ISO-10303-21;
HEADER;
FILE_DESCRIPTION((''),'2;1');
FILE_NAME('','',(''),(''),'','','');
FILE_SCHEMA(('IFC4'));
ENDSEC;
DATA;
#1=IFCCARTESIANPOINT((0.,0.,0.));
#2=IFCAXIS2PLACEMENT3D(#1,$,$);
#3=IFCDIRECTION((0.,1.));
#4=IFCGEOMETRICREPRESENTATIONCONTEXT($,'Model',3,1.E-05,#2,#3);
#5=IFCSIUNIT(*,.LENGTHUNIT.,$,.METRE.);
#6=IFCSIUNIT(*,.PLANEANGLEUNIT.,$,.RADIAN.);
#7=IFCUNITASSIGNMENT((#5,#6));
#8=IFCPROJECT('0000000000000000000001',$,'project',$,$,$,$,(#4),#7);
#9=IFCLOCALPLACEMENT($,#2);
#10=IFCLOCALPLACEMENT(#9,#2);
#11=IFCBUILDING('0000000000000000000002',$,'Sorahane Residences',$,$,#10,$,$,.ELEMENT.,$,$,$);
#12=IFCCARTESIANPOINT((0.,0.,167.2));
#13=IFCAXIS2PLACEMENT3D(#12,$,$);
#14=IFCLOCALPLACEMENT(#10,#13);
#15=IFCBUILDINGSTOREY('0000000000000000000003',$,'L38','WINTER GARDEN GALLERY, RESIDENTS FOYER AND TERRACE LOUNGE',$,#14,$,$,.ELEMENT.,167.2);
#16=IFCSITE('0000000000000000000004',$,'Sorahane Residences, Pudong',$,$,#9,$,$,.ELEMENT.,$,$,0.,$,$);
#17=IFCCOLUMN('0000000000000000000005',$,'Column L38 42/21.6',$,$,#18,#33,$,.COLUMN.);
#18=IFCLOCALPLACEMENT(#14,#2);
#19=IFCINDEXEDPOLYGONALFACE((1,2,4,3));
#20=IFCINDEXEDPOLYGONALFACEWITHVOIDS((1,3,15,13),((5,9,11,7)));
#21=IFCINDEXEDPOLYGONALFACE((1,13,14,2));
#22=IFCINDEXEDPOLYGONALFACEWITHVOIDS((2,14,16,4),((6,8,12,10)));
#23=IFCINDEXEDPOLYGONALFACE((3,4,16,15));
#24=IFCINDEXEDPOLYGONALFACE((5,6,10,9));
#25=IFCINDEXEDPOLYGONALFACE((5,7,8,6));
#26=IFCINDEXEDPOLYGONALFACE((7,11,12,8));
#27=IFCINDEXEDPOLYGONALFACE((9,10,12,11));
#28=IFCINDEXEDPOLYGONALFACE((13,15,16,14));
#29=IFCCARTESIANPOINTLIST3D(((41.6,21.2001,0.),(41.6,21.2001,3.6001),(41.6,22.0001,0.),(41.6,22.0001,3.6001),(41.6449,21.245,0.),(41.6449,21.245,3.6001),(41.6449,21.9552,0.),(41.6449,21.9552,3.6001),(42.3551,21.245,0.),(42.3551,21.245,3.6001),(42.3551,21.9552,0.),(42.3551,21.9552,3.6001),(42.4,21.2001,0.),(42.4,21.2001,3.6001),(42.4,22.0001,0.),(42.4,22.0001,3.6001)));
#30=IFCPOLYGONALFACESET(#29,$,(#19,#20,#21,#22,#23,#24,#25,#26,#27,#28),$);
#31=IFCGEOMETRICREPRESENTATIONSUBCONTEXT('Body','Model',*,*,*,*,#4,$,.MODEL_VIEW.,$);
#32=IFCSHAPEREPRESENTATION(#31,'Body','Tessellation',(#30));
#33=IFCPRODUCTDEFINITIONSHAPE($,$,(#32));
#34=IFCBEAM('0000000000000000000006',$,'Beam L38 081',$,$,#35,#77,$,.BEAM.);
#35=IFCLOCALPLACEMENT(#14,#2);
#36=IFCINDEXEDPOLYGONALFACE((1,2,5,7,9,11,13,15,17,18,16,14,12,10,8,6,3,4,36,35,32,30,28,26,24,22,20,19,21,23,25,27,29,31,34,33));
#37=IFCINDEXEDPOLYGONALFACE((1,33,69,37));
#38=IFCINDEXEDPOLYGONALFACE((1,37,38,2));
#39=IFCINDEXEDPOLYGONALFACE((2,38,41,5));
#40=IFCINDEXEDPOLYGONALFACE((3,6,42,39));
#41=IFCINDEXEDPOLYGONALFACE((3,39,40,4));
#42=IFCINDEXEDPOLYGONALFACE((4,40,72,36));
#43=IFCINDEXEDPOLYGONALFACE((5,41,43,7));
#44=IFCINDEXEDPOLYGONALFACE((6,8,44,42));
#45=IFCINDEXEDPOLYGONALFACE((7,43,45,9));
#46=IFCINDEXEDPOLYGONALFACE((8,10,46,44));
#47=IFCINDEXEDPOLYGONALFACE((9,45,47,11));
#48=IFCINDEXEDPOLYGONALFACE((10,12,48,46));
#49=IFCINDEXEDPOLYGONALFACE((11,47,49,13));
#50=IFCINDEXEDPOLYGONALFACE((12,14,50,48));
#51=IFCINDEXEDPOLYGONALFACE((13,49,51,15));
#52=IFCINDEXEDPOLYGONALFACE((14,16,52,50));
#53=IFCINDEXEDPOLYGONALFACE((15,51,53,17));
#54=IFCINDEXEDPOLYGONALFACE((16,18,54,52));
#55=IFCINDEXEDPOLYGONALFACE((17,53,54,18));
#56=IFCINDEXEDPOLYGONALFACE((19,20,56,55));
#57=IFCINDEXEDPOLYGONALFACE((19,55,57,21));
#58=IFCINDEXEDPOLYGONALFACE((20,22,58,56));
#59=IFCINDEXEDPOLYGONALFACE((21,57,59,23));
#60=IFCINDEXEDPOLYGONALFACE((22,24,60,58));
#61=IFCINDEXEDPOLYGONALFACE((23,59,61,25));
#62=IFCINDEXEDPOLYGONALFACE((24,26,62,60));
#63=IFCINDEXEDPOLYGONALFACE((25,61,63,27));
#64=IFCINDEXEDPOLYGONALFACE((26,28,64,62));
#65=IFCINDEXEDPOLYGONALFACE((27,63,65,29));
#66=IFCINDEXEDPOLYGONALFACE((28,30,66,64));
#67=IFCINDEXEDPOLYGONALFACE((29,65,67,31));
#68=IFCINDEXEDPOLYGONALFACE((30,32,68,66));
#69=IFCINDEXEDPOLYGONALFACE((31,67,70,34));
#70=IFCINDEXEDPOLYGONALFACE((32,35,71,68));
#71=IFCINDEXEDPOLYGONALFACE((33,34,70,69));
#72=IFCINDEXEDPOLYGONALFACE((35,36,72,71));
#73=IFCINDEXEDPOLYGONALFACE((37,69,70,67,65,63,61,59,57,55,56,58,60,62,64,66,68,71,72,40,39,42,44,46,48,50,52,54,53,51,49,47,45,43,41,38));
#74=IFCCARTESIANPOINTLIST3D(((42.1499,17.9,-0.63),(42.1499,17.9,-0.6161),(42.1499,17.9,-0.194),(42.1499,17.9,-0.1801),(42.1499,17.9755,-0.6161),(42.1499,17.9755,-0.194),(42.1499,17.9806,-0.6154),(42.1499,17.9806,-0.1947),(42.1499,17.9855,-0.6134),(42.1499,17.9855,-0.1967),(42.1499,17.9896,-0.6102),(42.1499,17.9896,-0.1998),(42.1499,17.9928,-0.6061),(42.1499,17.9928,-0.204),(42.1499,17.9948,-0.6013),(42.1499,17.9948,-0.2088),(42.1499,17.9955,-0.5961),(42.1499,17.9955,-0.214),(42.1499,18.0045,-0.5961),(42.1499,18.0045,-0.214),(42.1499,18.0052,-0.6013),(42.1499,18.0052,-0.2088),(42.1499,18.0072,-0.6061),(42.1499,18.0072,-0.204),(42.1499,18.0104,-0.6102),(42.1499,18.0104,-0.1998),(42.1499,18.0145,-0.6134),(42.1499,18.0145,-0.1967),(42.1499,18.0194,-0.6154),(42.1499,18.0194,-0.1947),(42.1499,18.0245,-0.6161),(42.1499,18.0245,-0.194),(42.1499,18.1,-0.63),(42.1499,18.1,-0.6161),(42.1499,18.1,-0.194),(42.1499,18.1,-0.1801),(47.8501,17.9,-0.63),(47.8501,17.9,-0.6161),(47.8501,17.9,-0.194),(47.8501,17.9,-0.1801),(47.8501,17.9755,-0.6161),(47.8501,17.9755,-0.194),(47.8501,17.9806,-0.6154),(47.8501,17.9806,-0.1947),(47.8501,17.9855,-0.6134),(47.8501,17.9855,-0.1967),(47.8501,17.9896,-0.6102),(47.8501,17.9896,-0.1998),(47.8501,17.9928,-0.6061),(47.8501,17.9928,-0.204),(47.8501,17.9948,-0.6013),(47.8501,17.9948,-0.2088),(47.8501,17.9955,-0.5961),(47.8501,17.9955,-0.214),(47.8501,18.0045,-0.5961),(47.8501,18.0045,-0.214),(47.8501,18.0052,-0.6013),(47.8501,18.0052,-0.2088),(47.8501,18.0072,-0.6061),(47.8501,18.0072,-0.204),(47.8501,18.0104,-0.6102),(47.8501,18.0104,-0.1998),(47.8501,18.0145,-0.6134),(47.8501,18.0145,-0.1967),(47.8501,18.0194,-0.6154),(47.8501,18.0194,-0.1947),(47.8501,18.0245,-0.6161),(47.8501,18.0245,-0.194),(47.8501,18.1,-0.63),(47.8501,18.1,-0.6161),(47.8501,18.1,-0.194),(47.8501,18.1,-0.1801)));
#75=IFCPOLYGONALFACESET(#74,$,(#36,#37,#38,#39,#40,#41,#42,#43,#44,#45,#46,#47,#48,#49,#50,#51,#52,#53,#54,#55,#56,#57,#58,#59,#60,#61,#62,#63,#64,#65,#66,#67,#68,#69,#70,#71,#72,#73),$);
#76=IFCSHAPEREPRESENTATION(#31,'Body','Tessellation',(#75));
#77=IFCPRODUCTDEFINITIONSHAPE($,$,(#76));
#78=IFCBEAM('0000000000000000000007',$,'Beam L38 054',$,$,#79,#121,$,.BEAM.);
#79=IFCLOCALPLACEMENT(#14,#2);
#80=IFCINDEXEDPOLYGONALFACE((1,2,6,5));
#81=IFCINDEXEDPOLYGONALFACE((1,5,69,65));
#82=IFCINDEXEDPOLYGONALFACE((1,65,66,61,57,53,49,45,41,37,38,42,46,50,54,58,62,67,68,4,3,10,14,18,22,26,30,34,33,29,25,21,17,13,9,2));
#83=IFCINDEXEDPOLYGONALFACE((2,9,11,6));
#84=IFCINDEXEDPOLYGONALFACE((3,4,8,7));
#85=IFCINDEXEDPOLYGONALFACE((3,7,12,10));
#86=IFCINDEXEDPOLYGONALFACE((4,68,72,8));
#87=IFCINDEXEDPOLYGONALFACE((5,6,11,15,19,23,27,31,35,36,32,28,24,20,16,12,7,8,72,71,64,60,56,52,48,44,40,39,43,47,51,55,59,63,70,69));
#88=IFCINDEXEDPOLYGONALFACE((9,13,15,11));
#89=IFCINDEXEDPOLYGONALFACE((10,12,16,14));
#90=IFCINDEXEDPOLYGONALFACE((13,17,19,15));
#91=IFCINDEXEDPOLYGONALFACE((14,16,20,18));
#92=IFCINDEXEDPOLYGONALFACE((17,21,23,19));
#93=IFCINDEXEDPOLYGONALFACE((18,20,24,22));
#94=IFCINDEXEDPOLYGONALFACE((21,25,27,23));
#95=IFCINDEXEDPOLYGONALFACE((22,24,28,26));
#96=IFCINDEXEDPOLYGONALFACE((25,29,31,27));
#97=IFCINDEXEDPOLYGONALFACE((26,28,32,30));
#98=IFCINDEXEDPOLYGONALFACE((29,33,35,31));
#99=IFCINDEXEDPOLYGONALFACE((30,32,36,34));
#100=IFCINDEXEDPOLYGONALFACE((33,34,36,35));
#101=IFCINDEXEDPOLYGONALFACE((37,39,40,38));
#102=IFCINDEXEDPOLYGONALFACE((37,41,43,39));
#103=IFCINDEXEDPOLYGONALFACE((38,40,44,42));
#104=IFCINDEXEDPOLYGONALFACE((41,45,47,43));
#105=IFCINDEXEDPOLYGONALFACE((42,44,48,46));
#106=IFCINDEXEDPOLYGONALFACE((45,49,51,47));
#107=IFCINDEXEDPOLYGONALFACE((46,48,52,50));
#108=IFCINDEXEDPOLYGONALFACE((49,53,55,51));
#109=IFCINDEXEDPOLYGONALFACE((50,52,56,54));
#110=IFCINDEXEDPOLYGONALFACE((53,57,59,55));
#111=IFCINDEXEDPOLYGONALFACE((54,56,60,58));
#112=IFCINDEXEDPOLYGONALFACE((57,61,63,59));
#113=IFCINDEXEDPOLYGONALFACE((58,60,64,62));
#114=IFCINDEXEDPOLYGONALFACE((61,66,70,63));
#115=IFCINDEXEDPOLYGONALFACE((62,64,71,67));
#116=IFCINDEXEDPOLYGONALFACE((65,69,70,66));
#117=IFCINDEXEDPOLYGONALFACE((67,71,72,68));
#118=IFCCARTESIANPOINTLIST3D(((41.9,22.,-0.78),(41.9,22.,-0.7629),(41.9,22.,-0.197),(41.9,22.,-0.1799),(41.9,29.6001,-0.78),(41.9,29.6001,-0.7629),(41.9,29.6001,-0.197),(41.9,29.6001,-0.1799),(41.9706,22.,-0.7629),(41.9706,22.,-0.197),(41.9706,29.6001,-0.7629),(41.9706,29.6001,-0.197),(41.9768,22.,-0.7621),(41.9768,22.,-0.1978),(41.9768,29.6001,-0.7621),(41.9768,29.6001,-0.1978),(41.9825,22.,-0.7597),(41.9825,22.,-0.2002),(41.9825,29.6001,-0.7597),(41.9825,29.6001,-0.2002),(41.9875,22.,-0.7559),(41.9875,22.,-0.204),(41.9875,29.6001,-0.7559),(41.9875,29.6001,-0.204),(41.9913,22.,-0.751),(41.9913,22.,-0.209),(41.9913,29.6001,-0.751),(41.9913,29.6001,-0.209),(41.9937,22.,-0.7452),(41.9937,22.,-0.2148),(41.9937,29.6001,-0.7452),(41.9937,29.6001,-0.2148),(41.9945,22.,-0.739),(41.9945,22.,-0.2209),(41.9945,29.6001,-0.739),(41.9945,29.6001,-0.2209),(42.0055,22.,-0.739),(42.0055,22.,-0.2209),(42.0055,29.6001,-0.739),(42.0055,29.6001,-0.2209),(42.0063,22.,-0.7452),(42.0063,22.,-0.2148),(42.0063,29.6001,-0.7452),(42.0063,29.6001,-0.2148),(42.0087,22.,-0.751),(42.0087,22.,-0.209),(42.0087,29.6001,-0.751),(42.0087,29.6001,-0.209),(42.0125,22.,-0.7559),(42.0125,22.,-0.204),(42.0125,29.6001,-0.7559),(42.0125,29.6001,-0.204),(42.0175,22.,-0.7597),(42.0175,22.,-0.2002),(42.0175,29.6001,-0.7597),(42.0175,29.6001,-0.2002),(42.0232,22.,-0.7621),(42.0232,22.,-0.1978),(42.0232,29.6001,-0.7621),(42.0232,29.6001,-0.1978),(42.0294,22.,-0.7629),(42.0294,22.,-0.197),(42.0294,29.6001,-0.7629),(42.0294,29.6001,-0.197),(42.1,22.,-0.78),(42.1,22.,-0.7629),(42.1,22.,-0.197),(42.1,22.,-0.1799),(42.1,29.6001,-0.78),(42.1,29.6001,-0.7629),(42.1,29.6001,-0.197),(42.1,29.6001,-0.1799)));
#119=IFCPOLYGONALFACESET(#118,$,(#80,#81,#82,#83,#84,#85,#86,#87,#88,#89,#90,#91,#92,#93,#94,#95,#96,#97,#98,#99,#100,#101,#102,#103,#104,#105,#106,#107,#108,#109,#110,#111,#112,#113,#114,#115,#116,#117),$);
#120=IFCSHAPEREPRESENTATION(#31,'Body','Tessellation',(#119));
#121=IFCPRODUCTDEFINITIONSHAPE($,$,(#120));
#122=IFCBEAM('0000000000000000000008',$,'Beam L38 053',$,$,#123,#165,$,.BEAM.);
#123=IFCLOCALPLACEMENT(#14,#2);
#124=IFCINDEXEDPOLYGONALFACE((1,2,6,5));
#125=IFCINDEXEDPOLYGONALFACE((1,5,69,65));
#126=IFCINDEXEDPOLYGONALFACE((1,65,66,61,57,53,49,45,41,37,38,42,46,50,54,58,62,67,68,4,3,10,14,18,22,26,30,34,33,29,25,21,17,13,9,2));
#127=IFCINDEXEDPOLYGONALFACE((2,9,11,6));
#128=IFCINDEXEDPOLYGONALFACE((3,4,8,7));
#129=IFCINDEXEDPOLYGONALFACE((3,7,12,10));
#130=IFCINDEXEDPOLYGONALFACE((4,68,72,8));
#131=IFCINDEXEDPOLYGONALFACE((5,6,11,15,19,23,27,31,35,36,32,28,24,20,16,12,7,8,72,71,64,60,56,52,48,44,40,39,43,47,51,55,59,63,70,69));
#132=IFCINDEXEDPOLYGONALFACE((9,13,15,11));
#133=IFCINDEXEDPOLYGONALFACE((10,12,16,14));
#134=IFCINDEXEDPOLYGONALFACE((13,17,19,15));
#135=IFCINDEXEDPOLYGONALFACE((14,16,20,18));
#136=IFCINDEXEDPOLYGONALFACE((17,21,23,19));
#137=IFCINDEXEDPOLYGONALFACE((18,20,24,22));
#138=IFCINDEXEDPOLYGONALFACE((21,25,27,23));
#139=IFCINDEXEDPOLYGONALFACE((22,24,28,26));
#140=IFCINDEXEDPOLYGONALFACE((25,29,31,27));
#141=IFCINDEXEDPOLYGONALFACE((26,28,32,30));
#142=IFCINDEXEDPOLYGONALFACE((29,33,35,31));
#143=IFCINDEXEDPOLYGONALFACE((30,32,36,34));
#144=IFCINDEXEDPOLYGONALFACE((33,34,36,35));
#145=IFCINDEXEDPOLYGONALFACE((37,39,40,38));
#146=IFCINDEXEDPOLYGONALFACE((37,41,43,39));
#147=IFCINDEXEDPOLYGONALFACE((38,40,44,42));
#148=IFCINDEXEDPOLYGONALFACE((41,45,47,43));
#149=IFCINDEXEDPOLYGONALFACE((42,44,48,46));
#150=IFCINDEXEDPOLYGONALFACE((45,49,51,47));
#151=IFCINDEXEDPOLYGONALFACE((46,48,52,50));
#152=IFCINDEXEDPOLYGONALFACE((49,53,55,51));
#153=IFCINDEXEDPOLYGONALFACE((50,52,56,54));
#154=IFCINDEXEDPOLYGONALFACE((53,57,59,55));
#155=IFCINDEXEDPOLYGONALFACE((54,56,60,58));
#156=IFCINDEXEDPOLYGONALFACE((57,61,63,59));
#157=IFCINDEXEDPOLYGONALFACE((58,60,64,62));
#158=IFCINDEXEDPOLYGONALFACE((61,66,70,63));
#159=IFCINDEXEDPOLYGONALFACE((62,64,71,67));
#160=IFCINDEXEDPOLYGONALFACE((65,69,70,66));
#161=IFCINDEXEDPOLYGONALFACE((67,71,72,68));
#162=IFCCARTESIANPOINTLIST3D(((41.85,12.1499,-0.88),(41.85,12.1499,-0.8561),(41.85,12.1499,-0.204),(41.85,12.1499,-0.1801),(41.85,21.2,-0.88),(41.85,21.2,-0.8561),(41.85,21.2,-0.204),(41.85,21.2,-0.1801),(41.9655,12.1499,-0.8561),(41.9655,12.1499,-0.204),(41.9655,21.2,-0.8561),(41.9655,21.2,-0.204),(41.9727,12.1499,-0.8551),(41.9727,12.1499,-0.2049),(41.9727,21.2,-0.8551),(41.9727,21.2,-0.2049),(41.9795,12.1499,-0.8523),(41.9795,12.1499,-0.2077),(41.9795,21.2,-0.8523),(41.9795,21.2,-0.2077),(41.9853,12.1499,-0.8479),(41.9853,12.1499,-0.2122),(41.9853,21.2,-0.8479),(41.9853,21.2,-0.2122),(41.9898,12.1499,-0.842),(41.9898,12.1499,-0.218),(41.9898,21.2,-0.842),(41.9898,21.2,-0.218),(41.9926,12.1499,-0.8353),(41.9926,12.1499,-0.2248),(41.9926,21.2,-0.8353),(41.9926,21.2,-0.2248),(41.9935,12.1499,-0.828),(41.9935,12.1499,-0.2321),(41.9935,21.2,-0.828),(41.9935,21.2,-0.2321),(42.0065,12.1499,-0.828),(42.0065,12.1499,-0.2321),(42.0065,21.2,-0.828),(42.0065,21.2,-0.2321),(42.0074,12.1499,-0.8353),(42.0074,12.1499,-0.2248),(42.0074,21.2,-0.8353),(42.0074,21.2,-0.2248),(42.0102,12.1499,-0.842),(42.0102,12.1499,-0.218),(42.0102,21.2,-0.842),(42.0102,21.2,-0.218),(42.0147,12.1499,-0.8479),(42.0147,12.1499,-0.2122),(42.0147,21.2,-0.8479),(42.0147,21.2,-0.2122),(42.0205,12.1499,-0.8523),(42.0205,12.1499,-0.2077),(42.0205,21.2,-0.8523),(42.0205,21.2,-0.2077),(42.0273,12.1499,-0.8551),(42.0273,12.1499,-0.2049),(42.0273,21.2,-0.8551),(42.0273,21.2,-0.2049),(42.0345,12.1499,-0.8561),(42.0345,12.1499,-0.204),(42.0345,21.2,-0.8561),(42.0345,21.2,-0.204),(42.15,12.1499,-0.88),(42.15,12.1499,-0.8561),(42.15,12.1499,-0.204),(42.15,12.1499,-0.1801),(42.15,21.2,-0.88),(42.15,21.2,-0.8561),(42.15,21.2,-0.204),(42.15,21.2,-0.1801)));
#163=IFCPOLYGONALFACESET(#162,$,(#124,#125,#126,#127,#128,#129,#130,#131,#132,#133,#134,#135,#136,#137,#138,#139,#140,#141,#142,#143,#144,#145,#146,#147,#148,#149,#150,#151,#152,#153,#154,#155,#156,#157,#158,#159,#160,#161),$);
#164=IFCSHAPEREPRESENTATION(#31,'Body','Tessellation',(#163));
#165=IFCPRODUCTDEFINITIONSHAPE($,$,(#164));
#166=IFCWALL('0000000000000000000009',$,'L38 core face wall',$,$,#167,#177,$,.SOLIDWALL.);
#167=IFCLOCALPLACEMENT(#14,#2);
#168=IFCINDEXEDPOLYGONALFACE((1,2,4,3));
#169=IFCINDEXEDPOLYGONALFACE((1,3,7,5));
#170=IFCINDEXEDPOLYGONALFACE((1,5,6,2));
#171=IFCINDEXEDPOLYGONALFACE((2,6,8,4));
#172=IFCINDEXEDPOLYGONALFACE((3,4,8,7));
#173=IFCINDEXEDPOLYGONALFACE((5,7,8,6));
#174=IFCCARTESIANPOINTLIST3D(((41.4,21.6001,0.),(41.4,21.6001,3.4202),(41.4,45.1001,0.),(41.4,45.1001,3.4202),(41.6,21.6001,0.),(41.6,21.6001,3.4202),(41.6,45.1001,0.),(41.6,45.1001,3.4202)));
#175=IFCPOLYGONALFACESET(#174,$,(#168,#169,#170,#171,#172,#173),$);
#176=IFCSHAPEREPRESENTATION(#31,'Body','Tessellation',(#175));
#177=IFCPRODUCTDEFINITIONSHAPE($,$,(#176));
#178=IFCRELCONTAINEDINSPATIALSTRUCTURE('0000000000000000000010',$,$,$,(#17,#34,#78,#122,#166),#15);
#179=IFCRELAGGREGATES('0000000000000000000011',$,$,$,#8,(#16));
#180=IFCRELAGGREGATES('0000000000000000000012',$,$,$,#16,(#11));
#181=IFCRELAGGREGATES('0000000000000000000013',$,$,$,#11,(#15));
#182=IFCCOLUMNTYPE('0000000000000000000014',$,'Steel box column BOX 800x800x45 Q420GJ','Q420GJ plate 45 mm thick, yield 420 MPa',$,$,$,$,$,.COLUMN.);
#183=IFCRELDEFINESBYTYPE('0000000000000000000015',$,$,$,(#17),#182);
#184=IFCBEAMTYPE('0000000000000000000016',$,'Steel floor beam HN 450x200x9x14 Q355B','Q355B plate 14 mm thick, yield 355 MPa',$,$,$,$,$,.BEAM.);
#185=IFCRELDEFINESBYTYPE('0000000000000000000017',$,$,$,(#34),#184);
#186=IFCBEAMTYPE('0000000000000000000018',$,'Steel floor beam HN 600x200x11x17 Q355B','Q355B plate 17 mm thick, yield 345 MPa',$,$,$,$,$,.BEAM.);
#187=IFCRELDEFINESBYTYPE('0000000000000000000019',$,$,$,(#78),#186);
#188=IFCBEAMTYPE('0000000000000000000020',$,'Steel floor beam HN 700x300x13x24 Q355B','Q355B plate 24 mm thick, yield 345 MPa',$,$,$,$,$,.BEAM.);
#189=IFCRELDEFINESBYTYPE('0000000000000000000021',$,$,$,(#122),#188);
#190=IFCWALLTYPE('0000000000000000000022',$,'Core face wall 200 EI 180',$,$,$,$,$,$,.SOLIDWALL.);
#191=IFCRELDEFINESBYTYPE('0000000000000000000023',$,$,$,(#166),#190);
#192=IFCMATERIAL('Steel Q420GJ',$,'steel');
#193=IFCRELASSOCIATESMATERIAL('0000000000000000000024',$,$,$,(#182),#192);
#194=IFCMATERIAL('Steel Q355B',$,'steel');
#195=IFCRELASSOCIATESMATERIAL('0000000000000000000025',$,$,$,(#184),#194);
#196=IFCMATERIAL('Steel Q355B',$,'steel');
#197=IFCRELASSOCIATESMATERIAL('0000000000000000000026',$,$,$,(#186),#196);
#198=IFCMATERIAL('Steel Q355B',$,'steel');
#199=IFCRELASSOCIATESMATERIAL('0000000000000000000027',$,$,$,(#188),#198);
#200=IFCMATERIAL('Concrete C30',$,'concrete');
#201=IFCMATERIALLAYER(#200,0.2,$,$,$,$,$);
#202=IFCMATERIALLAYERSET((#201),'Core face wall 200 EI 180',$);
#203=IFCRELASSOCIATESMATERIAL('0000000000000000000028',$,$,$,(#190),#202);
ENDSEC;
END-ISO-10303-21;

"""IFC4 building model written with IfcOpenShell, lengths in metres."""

from ifc_helpers import new_model, si_unit, direction, frame, frame_2d, origin, origin_2d, place, context, subcontext, project, spatial, rectangle, hollow_rectangle, i_section, extrude, material, layer, layer_set, material_profile, profile_set, type_object, element, save


model = new_model("IFC4")

# Units and contexts
model_context = context("Model", 3, precision=1e-05, world=origin(), true_north=direction((0.0, 1.0)))
body_context = subcontext(model_context, "Body", "Model", "MODEL_VIEW")
ifc_project = project(units=[si_unit("LENGTHUNIT", "METRE"), si_unit("PLANEANGLEUNIT", "RADIAN")], contexts=[model_context])

# Site, building, storey
site_placement = place(None, origin())
site = spatial("IfcSite", under=ifc_project, at=site_placement, Name="Sorahane Residences, Pudong", CompositionType="ELEMENT", RefElevation=0.0)
building_placement = place(site_placement, origin())
building = spatial("IfcBuilding", under=site, at=building_placement, Name="Sorahane Residences", CompositionType="ELEMENT")
storey_placement = place(building_placement, frame((0.0, 0.0, 167.2)))
storey = spatial("IfcBuildingStorey", under=building, at=storey_placement, Name="L38", Description="WINTER GARDEN GALLERY, RESIDENTS FOYER AND TERRACE LOUNGE", CompositionType="ELEMENT", Elevation=167.2)

# Column
ifc_material_1 = material(Name="Steel Q420GJ", Category="steel")
ifc_material_profile_1 = material_profile(ifc_material_1, hollow_rectangle(XDim=0.8, YDim=0.8, WallThickness=0.0449, at=origin_2d()), Name="BOX 800x800x45")
ifc_profile_set_1 = profile_set([ifc_material_profile_1], Name="Steel Q420GJ")
column_type = type_object("IfcColumnType", Name="Steel box column BOX 800x800x45 Q420GJ", Description="Q420GJ plate 45 mm thick, yield 420 MPa", PredefinedType="COLUMN", material=ifc_profile_set_1)
column_placement = place(storey_placement, frame((42.0, 21.6001, 0.0), z_axis=(0.0, 0.0, 1.0), x_axis=(1.0, 0.0, 0.0)))
element("IfcColumn", 1, at=column_placement, inside=storey, type_object=column_type, Name="Column L38 42/21.6", PredefinedType="COLUMN", context=body_context, shape_type="SweptSolid", body=[
    extrude(hollow_rectangle(XDim=0.8, YDim=0.8, WallThickness=0.0449, at=origin_2d()), origin(), (0.0, 0.0, 1.0), 3.6001),
])

# Beams
ifc_material_2 = material(Name="Steel Q355B", Category="steel")
ifc_material_profile_2 = material_profile(ifc_material_2, i_section(OverallWidth=0.2, OverallDepth=0.45, WebThickness=0.009, FlangeThickness=0.0139, FilletRadius=0.02, at=origin_2d()), Name="HN 450x200x9x14")
ifc_profile_set_2 = profile_set([ifc_material_profile_2], Name="Steel Q355B")
beam_type_1 = type_object("IfcBeamType", Name="Steel floor beam HN 450x200x9x14 Q355B", Description="Q355B plate 14 mm thick, yield 355 MPa", PredefinedType="BEAM", material=ifc_profile_set_2)
beam_1_placement = place(storey_placement, frame((42.1499, 18.0, -0.405), z_axis=(1.0, 0.0, 0.0), x_axis=(0.0, 1.0, 0.0)))
element("IfcBeam", 2, at=beam_1_placement, inside=storey, type_object=beam_type_1, Name="Beam L38 081", PredefinedType="BEAM", context=body_context, shape_type="SweptSolid", body=[
    extrude(i_section(OverallWidth=0.2, OverallDepth=0.45, WebThickness=0.009, FlangeThickness=0.0139, FilletRadius=0.02, at=origin_2d()), origin(), (0.0, 0.0, 1.0), 5.7002),
])
ifc_material_3 = material(Name="Steel Q355B", Category="steel")
ifc_material_profile_3 = material_profile(ifc_material_3, i_section(OverallWidth=0.2, OverallDepth=0.6001, WebThickness=0.011, FlangeThickness=0.0171, FilletRadius=0.0239, at=origin_2d()), Name="HN 600x200x11x17")
ifc_profile_set_3 = profile_set([ifc_material_profile_3], Name="Steel Q355B")
beam_type_2 = type_object("IfcBeamType", Name="Steel floor beam HN 600x200x11x17 Q355B", Description="Q355B plate 17 mm thick, yield 345 MPa", PredefinedType="BEAM", material=ifc_profile_set_3)
beam_2_placement = place(storey_placement, frame((42.0, 22.0, -0.48), z_axis=(0.0, 1.0, 0.0), x_axis=(-1.0, 0.0, 0.0)))
element("IfcBeam", 3, at=beam_2_placement, inside=storey, type_object=beam_type_2, Name="Beam L38 054", PredefinedType="BEAM", context=body_context, shape_type="SweptSolid", body=[
    extrude(i_section(OverallWidth=0.2, OverallDepth=0.6001, WebThickness=0.011, FlangeThickness=0.0171, FilletRadius=0.0239, at=origin_2d()), origin(), (0.0, 0.0, 1.0), 7.6001),
])
ifc_material_4 = material(Name="Steel Q355B", Category="steel")
ifc_material_profile_4 = material_profile(ifc_material_4, i_section(OverallWidth=0.3, OverallDepth=0.7, WebThickness=0.0129, FlangeThickness=0.0239, FilletRadius=0.0281, at=origin_2d()), Name="HN 700x300x13x24")
ifc_profile_set_4 = profile_set([ifc_material_profile_4], Name="Steel Q355B")
beam_type_3 = type_object("IfcBeamType", Name="Steel floor beam HN 700x300x13x24 Q355B", Description="Q355B plate 24 mm thick, yield 345 MPa", PredefinedType="BEAM", material=ifc_profile_set_4)
beam_3_placement = place(storey_placement, frame((42.0, 12.1499, -0.53), z_axis=(0.0, 1.0, 0.0), x_axis=(-1.0, 0.0, 0.0)))
element("IfcBeam", 4, at=beam_3_placement, inside=storey, type_object=beam_type_3, Name="Beam L38 053", PredefinedType="BEAM", context=body_context, shape_type="SweptSolid", body=[
    extrude(i_section(OverallWidth=0.3, OverallDepth=0.7, WebThickness=0.0129, FlangeThickness=0.0239, FilletRadius=0.0281, at=origin_2d()), origin(), (0.0, 0.0, 1.0), 9.05),
])

# Wall
ifc_material_5 = material(Name="Concrete C30", Category="concrete")
ifc_layer_1 = layer(ifc_material_5, 0.2)
ifc_layer_set_1 = layer_set([ifc_layer_1], Name="Core face wall 200 EI 180")
wall_type_1 = type_object("IfcWallType", Name="Core face wall 200 EI 180", PredefinedType="SOLIDWALL", material=ifc_layer_set_1)
wall_1_placement = place(storey_placement, frame((41.5, 21.6001, 0.0), z_axis=(0.0, 0.0, 1.0), x_axis=(0.0, 1.0, 0.0)))
element("IfcWall", 5, at=wall_1_placement, inside=storey, type_object=wall_type_1, Name="L38 core face wall", PredefinedType="SOLIDWALL", context=body_context, shape_type="SweptSolid", body=[
    extrude(rectangle(XDim=23.5, YDim=0.2, at=frame_2d((11.75, 0.0))), origin(), (0.0, 0.0, 1.0), 3.4202),
])

save(model, "model.ifc")
